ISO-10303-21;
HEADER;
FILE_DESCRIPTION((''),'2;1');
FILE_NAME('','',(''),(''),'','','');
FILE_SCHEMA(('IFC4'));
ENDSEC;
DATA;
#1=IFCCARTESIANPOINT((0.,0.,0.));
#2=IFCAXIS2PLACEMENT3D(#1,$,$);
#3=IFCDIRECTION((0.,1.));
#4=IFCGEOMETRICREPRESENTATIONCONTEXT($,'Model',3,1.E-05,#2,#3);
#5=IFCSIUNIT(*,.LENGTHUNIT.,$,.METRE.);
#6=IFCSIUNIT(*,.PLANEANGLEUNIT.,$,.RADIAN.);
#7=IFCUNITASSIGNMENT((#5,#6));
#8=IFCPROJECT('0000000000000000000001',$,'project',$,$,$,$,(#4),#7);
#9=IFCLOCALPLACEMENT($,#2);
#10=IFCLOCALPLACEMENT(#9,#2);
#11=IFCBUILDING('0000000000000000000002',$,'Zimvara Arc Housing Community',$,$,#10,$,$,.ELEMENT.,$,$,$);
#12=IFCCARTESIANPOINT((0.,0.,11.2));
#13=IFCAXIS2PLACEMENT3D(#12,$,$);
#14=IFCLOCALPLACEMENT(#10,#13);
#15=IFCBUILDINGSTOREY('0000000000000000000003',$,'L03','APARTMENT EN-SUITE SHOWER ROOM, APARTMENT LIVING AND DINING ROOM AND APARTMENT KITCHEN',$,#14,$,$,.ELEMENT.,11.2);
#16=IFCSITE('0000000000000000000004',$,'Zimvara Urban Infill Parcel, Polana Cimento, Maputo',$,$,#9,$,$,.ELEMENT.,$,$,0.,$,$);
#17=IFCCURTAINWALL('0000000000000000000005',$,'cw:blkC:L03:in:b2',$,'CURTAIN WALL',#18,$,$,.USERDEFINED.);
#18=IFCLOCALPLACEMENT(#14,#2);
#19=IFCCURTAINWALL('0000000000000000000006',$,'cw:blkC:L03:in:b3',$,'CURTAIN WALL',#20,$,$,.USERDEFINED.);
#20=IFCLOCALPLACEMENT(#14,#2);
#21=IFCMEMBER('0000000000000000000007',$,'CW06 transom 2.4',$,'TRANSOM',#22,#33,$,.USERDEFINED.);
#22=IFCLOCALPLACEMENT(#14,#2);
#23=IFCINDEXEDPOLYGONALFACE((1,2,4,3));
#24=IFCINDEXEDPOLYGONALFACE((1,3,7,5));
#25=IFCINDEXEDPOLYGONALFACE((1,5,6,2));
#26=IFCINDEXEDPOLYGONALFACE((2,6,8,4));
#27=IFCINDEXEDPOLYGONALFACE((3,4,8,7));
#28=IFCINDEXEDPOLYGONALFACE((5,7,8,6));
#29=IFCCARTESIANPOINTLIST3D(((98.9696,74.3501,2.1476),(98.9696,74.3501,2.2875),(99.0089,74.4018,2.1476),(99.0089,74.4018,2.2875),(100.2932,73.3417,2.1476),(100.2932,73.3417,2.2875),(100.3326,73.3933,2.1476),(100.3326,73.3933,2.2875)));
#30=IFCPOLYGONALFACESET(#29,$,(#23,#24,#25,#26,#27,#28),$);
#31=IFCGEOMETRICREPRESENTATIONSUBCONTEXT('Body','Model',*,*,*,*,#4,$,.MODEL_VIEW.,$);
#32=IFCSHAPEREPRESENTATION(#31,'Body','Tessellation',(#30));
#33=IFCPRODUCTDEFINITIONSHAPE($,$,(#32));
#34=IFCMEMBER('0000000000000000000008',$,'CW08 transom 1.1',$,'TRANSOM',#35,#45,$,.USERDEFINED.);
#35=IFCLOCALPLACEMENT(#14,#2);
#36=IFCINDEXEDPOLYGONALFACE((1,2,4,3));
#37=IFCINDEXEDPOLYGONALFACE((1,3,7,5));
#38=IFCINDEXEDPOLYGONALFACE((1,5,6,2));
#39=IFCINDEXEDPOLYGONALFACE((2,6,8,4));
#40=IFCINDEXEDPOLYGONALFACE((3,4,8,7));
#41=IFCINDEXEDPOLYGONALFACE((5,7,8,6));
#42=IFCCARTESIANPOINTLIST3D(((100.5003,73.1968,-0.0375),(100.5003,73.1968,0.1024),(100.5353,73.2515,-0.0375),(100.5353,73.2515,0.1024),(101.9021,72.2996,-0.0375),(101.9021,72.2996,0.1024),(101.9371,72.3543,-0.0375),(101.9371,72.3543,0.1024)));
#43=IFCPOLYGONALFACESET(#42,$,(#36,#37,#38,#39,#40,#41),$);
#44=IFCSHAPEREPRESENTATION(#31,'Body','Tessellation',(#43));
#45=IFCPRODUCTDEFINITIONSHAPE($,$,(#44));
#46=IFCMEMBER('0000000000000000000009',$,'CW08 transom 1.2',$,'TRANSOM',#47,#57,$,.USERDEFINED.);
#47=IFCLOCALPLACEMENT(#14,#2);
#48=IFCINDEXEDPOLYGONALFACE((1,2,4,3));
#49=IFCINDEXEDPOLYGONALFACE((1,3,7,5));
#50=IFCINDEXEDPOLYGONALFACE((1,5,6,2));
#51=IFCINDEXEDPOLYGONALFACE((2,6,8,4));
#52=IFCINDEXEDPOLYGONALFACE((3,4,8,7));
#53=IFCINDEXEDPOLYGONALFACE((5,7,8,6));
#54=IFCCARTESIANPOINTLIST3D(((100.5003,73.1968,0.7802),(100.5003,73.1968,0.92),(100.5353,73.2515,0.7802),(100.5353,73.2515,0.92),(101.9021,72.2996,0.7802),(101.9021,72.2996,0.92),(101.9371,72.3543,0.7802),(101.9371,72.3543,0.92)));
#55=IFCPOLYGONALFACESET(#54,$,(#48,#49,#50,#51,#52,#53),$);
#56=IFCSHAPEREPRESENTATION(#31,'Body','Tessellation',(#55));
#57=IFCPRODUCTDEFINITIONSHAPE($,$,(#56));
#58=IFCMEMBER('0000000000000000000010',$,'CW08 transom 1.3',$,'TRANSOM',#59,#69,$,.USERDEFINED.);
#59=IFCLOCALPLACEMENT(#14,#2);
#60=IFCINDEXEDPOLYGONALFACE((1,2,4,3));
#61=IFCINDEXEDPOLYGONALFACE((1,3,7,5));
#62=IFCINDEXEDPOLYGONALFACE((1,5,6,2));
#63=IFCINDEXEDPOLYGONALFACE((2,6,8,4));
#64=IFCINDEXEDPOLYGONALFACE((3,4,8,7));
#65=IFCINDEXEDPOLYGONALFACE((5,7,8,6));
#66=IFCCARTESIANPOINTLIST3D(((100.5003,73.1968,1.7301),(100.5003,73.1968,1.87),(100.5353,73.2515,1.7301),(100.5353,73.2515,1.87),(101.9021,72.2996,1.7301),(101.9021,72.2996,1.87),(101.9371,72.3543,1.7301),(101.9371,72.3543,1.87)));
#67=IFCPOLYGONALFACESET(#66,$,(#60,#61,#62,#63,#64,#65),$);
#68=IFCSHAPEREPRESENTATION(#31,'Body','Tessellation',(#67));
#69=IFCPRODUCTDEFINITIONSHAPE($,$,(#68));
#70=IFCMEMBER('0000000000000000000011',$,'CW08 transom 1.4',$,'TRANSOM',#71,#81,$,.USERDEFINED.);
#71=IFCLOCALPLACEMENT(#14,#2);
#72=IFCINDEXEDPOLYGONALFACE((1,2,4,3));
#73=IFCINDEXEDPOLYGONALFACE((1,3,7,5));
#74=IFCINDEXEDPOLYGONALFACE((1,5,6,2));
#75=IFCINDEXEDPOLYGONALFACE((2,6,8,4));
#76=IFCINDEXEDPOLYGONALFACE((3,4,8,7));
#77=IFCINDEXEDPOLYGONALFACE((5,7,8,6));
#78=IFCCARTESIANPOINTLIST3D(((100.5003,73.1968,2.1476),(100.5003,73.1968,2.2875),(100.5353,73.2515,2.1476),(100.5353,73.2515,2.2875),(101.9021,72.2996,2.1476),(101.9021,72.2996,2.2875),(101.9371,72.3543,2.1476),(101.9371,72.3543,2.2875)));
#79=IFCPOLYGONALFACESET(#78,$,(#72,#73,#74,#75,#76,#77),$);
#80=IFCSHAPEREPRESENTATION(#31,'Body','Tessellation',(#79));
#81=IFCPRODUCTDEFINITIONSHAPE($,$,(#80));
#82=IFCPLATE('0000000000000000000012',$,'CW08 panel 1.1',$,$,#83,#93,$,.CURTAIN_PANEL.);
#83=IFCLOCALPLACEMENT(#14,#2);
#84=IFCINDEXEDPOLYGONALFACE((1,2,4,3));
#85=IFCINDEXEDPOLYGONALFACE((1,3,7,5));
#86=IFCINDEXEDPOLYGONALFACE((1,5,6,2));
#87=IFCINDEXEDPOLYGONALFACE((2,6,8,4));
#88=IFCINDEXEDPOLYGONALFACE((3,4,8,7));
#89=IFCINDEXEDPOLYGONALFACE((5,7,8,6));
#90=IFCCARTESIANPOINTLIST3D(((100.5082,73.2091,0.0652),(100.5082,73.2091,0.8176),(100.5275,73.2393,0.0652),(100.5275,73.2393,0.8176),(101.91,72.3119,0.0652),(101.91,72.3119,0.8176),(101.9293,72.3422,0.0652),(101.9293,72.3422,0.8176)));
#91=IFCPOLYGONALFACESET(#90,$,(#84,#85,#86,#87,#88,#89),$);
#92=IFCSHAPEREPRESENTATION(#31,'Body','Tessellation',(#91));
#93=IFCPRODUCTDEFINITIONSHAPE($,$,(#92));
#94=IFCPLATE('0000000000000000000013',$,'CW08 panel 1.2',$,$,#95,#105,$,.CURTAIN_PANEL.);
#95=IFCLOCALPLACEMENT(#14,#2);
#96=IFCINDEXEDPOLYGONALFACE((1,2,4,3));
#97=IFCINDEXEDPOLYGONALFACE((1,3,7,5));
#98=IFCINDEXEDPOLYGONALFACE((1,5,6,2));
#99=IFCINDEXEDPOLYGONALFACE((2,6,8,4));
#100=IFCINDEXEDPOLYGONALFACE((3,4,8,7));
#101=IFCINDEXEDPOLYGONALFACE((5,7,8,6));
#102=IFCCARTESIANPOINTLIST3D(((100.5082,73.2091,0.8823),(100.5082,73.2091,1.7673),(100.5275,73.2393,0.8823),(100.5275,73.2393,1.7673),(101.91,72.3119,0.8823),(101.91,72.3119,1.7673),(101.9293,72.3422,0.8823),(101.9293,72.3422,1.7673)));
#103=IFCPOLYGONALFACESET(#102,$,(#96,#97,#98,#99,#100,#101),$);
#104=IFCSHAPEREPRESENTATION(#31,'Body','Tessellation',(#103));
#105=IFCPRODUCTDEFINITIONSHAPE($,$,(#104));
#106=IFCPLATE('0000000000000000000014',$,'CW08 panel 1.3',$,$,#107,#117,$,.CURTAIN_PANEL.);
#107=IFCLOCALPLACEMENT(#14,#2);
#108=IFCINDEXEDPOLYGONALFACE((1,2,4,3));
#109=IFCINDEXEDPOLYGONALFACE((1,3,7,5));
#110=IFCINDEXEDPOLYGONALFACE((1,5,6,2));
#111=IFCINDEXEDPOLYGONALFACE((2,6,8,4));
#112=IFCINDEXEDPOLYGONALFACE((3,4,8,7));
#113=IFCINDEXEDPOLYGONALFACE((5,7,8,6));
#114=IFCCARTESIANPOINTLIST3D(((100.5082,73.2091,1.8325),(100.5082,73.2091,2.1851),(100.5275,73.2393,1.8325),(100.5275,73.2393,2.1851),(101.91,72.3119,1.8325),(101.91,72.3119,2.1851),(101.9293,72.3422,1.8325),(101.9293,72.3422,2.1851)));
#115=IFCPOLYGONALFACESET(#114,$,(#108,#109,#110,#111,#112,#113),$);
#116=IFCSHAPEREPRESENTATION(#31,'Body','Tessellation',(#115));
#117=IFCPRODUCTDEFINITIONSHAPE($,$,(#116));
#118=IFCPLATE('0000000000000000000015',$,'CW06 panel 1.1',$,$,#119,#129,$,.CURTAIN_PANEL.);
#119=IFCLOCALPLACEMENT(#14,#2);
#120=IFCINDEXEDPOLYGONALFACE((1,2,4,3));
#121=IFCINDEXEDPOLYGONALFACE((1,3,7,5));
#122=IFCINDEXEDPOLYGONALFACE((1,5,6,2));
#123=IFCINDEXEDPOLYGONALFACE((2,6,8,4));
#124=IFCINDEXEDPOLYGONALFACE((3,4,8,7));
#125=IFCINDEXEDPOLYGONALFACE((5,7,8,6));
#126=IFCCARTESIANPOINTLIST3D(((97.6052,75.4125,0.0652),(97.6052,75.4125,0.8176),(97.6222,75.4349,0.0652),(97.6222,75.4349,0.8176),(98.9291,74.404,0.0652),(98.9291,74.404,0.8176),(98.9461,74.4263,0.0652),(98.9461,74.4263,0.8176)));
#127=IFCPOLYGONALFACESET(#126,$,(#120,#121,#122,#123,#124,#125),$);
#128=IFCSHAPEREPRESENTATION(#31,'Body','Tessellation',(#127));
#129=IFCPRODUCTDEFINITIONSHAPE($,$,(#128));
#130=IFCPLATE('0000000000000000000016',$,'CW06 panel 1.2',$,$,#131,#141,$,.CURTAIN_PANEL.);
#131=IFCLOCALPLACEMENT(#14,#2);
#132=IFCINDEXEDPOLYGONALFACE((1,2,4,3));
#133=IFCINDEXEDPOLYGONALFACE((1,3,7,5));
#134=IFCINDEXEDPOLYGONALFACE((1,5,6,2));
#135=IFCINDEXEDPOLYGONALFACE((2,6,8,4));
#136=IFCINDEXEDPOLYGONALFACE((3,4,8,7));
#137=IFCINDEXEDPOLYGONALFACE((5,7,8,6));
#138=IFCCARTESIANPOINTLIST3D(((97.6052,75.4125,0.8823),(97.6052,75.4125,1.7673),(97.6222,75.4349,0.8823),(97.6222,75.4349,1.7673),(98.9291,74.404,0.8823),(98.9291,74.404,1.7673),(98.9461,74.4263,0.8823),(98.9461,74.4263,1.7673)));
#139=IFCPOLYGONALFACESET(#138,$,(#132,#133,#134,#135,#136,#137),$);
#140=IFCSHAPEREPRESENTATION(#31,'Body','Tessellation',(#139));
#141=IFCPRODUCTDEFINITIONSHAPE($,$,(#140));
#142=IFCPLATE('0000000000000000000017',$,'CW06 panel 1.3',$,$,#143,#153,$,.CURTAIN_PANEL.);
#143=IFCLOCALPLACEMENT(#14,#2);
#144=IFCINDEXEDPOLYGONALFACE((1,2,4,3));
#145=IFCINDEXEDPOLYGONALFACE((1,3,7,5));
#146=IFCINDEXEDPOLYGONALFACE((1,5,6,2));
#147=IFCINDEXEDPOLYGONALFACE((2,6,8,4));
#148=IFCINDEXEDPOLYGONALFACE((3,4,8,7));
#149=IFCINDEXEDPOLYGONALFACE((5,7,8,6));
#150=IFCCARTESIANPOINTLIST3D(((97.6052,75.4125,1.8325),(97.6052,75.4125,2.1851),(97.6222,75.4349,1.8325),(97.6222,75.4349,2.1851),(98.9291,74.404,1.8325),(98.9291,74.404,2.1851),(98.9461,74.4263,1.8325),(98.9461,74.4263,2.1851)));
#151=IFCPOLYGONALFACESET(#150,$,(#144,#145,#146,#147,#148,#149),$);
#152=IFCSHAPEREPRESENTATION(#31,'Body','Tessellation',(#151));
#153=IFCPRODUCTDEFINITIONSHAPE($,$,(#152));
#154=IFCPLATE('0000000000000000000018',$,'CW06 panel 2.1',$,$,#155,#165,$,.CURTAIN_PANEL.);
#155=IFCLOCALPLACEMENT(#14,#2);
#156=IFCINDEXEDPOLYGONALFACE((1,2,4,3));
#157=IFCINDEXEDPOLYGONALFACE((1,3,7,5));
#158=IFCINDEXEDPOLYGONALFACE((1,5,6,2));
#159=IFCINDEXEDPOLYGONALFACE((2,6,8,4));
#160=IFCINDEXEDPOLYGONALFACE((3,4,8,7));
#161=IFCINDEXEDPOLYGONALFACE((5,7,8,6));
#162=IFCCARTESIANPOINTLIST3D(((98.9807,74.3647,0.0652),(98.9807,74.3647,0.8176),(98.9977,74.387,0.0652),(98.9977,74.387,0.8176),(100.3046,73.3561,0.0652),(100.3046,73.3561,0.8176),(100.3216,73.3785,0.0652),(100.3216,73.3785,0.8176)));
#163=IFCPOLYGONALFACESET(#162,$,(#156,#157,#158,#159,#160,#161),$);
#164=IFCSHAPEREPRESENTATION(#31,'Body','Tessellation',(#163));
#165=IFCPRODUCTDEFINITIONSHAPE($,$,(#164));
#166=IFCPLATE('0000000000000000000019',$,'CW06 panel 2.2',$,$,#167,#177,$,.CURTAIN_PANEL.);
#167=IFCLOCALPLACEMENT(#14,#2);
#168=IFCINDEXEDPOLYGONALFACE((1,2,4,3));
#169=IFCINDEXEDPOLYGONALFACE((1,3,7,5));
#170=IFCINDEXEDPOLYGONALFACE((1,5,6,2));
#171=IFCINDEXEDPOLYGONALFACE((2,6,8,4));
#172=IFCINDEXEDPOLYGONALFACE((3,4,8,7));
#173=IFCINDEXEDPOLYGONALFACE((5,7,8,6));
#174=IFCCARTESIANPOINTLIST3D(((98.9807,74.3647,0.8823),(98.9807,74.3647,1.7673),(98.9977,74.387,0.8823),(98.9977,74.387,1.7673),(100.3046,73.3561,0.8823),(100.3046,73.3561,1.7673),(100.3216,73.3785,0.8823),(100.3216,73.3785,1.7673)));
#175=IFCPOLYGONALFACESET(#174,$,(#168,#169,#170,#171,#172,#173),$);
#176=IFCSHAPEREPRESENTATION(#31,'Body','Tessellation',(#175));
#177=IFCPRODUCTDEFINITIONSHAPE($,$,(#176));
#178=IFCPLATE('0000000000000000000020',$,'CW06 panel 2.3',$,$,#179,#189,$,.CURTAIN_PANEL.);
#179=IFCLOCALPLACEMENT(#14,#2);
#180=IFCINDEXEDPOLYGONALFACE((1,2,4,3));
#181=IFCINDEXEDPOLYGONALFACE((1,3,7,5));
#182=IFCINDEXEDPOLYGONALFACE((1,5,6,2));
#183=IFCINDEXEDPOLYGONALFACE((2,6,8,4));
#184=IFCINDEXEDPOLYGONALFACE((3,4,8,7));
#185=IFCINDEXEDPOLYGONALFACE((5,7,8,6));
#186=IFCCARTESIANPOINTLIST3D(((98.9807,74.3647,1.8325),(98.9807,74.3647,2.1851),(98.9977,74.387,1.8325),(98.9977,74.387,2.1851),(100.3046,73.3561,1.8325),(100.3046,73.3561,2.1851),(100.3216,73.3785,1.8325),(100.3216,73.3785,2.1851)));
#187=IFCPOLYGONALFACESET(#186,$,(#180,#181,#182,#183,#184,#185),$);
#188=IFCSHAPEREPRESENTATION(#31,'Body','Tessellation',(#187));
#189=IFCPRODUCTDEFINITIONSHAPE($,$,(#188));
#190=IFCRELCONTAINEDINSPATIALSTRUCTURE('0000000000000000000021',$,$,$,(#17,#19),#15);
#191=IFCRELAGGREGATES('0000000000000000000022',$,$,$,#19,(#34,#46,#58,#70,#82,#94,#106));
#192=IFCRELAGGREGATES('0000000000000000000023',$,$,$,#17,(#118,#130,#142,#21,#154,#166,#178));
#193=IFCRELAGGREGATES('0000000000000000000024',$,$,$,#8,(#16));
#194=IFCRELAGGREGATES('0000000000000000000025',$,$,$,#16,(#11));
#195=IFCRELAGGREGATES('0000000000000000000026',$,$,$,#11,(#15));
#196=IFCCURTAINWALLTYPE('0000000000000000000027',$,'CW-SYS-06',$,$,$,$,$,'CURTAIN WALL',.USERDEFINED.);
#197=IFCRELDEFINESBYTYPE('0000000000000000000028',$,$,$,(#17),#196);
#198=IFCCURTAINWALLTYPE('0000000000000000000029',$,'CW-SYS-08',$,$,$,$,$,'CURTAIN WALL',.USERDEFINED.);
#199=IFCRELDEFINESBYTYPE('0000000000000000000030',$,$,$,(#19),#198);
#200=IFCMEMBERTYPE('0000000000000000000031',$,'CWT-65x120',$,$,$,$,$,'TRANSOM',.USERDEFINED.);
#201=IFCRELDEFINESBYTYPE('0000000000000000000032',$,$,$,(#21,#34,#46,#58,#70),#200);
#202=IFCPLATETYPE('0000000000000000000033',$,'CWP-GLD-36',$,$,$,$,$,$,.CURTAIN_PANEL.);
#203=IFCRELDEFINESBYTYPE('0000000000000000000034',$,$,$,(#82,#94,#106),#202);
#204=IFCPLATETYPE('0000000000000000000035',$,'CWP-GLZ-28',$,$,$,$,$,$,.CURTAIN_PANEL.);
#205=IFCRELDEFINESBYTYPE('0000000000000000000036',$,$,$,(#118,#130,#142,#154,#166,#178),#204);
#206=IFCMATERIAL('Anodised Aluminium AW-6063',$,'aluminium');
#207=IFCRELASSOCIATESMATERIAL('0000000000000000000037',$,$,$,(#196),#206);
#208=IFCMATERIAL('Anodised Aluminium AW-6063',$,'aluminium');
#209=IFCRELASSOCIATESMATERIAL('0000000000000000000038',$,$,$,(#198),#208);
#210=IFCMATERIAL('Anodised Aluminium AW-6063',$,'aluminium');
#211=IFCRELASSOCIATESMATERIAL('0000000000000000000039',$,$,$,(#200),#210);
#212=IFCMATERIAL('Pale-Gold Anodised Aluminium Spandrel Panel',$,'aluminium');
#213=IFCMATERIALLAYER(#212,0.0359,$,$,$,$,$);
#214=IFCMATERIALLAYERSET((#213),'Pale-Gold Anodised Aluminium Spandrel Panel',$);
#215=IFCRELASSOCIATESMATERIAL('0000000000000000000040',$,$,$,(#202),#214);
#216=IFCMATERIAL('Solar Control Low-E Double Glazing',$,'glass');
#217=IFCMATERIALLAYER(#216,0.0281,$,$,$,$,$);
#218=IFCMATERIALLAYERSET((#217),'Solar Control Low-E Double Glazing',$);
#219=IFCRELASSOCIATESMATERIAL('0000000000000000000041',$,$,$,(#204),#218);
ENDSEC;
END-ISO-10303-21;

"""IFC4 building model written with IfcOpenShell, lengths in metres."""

from ifc_helpers import new_model, si_unit, direction, frame, origin, origin_2d, place, context, subcontext, project, spatial, rectangle, extrude, material, layer, layer_set, material_profile, profile_set, type_object, element, aggregate, save


model = new_model("IFC4")

# Units and contexts
model_context = context("Model", 3, precision=1e-05, world=origin(), true_north=direction((0.0, 1.0)))
body_context = subcontext(model_context, "Body", "Model", "MODEL_VIEW")
ifc_project = project(units=[si_unit("LENGTHUNIT", "METRE"), si_unit("PLANEANGLEUNIT", "RADIAN")], contexts=[model_context])

# Site, building, storey
site_placement = place(None, origin())
site = spatial("IfcSite", under=ifc_project, at=site_placement, Name="Zimvara Urban Infill Parcel, Polana Cimento, Maputo", CompositionType="ELEMENT", RefElevation=0.0)
building_placement = place(site_placement, origin())
building = spatial("IfcBuilding", under=site, at=building_placement, Name="Zimvara Arc Housing Community", CompositionType="ELEMENT")
storey_placement = place(building_placement, frame((0.0, 0.0, 11.2)))
storey = spatial("IfcBuildingStorey", under=building, at=storey_placement, Name="L03", Description="APARTMENT EN-SUITE SHOWER ROOM, APARTMENT LIVING AND DINING ROOM AND APARTMENT KITCHEN", CompositionType="ELEMENT", Elevation=11.2)

# Curtain wall
ifc_material_1 = material(Name="Anodised Aluminium AW-6063", Category="aluminium")
curtain_wall_type_1 = type_object("IfcCurtainWallType", Name="CW-SYS-06", ElementType="CURTAIN WALL", PredefinedType="USERDEFINED", material=ifc_material_1)
curtain_wall_1_placement = place(storey_placement, origin())
curtain_wall_1 = element("IfcCurtainWall", 1, at=curtain_wall_1_placement, inside=storey, type_object=curtain_wall_type_1, Name="cw:blkC:L03:in:b2", ObjectType="CURTAIN WALL", PredefinedType="USERDEFINED")

# Curtain wall
ifc_material_2 = material(Name="Anodised Aluminium AW-6063", Category="aluminium")
curtain_wall_type_2 = type_object("IfcCurtainWallType", Name="CW-SYS-08", ElementType="CURTAIN WALL", PredefinedType="USERDEFINED", material=ifc_material_2)
curtain_wall_2_placement = place(storey_placement, origin())
curtain_wall_2 = element("IfcCurtainWall", 2, at=curtain_wall_2_placement, inside=storey, type_object=curtain_wall_type_2, Name="cw:blkC:L03:in:b3", ObjectType="CURTAIN WALL", PredefinedType="USERDEFINED")

# Members
ifc_material_3 = material(Name="Anodised Aluminium AW-6063", Category="aluminium")
ifc_material_profile_1 = material_profile(ifc_material_3, rectangle(XDim=0.0649, YDim=0.1399, at=origin_2d()), Name="ALU 65x140")
ifc_profile_set_1 = profile_set([ifc_material_profile_1], Name="Anodised Aluminium AW-6063")
member_type_1 = type_object("IfcMemberType", Name="CWT-65x120", ElementType="TRANSOM", PredefinedType="USERDEFINED", material=ifc_profile_set_1)
member_1_placement = place(storey_placement, frame((98.9893, 74.376, 2.2175), z_axis=(0.795435, -0.606039, 0.0), x_axis=(0.606039, 0.795435, 0.0)))
member_1 = element("IfcMember", 3, at=member_1_placement, type_object=member_type_1, Name="CW06 transom 2.4", ObjectType="TRANSOM", PredefinedType="USERDEFINED", context=body_context, shape_type="SweptSolid", body=[
    extrude(rectangle(XDim=0.0649, YDim=0.1399, at=origin_2d()), origin(), (0.0, 0.0, 1.0), 1.6641),
])
member_2_placement = place(storey_placement, frame((100.5178, 73.2241, 0.0325), z_axis=(0.842263, -0.539066, 0.0), x_axis=(0.539066, 0.842263, 0.0)))
member_2 = element("IfcMember", 4, at=member_2_placement, type_object=member_type_1, Name="CW08 transom 1.1", ObjectType="TRANSOM", PredefinedType="USERDEFINED", context=body_context, shape_type="SweptSolid", body=[
    extrude(rectangle(XDim=0.0649, YDim=0.1399, at=origin_2d()), origin(), (0.0, 0.0, 1.0), 1.6643),
])
member_3_placement = place(storey_placement, frame((100.5178, 73.2241, 0.8501), z_axis=(0.842263, -0.539066, 0.0), x_axis=(0.539066, 0.842263, 0.0)))
member_3 = element("IfcMember", 5, at=member_3_placement, type_object=member_type_1, Name="CW08 transom 1.2", ObjectType="TRANSOM", PredefinedType="USERDEFINED", context=body_context, shape_type="SweptSolid", body=[
    extrude(rectangle(XDim=0.0649, YDim=0.1399, at=origin_2d()), origin(), (0.0, 0.0, 1.0), 1.6643),
])
member_4_placement = place(storey_placement, frame((100.5178, 73.2241, 1.8), z_axis=(0.842263, -0.539066, 0.0), x_axis=(0.539066, 0.842263, 0.0)))
member_4 = element("IfcMember", 6, at=member_4_placement, type_object=member_type_1, Name="CW08 transom 1.3", ObjectType="TRANSOM", PredefinedType="USERDEFINED", context=body_context, shape_type="SweptSolid", body=[
    extrude(rectangle(XDim=0.0649, YDim=0.1399, at=origin_2d()), origin(), (0.0, 0.0, 1.0), 1.6643),
])
member_5_placement = place(storey_placement, frame((100.5178, 73.2241, 2.2175), z_axis=(0.842263, -0.539066, 0.0), x_axis=(0.539066, 0.842263, 0.0)))
member_5 = element("IfcMember", 7, at=member_5_placement, type_object=member_type_1, Name="CW08 transom 1.4", ObjectType="TRANSOM", PredefinedType="USERDEFINED", context=body_context, shape_type="SweptSolid", body=[
    extrude(rectangle(XDim=0.0649, YDim=0.1399, at=origin_2d()), origin(), (0.0, 0.0, 1.0), 1.6643),
])

# Plates
ifc_material_4 = material(Name="Pale-Gold Anodised Aluminium Spandrel Panel", Category="aluminium")
ifc_layer_1 = layer(ifc_material_4, 0.0359)
ifc_layer_set_1 = layer_set([ifc_layer_1], Name="Pale-Gold Anodised Aluminium Spandrel Panel")
plate_type_1 = type_object("IfcPlateType", Name="CWP-GLD-36", PredefinedType="CURTAIN_PANEL", material=ifc_layer_set_1)
plate_1_placement = place(storey_placement, frame((101.2188, 72.7756, 0.0652), z_axis=(0.0, 0.0, 1.0), x_axis=(0.842265, -0.539064, 0.0)))
plate_1 = element("IfcPlate", 8, at=plate_1_placement, type_object=plate_type_1, Name="CW08 panel 1.1", PredefinedType="CURTAIN_PANEL", context=body_context, shape_type="SweptSolid", body=[
    extrude(rectangle(XDim=1.6643, YDim=0.0359, at=origin_2d()), origin(), (0.0, 0.0, 1.0), 0.7524),
])
plate_2_placement = place(storey_placement, frame((101.2188, 72.7756, 0.8823), z_axis=(0.0, 0.0, 1.0), x_axis=(0.842265, -0.539064, 0.0)))
plate_2 = element("IfcPlate", 9, at=plate_2_placement, type_object=plate_type_1, Name="CW08 panel 1.2", PredefinedType="CURTAIN_PANEL", context=body_context, shape_type="SweptSolid", body=[
    extrude(rectangle(XDim=1.6643, YDim=0.0359, at=origin_2d()), origin(), (0.0, 0.0, 1.0), 0.885),
])
plate_3_placement = place(storey_placement, frame((101.2188, 72.7756, 1.8325), z_axis=(0.0, 0.0, 1.0), x_axis=(0.842265, -0.539064, 0.0)))
plate_3 = element("IfcPlate", 10, at=plate_3_placement, type_object=plate_type_1, Name="CW08 panel 1.3", PredefinedType="CURTAIN_PANEL", context=body_context, shape_type="SweptSolid", body=[
    extrude(rectangle(XDim=1.6643, YDim=0.0359, at=origin_2d()), origin(), (0.0, 0.0, 1.0), 0.3525),
])
aggregate(curtain_wall_2, [member_2, member_3, member_4, member_5, plate_1, plate_2, plate_3])
ifc_material_5 = material(Name="Solar Control Low-E Double Glazing", Category="glass")
ifc_layer_2 = layer(ifc_material_5, 0.0281)
ifc_layer_set_2 = layer_set([ifc_layer_2], Name="Solar Control Low-E Double Glazing")
plate_type_2 = type_object("IfcPlateType", Name="CWP-GLZ-28", PredefinedType="CURTAIN_PANEL", material=ifc_layer_set_2)
plate_4_placement = place(storey_placement, frame((98.2756, 74.9194, 0.0652), z_axis=(0.0, 0.0, 1.0), x_axis=(0.795474, -0.605988, 0.0)))
plate_4 = element("IfcPlate", 11, at=plate_4_placement, type_object=plate_type_2, Name="CW06 panel 1.1", PredefinedType="CURTAIN_PANEL", context=body_context, shape_type="SweptSolid", body=[
    extrude(rectangle(XDim=1.6643, YDim=0.0281, at=origin_2d()), origin(), (0.0, 0.0, 1.0), 0.7524),
])
plate_5_placement = place(storey_placement, frame((98.2756, 74.9194, 0.8823), z_axis=(0.0, 0.0, 1.0), x_axis=(0.795474, -0.605988, 0.0)))
plate_5 = element("IfcPlate", 12, at=plate_5_placement, type_object=plate_type_2, Name="CW06 panel 1.2", PredefinedType="CURTAIN_PANEL", context=body_context, shape_type="SweptSolid", body=[
    extrude(rectangle(XDim=1.6643, YDim=0.0281, at=origin_2d()), origin(), (0.0, 0.0, 1.0), 0.885),
])
plate_6_placement = place(storey_placement, frame((98.2756, 74.9194, 1.8325), z_axis=(0.0, 0.0, 1.0), x_axis=(0.795474, -0.605988, 0.0)))
plate_6 = element("IfcPlate", 13, at=plate_6_placement, type_object=plate_type_2, Name="CW06 panel 1.3", PredefinedType="CURTAIN_PANEL", context=body_context, shape_type="SweptSolid", body=[
    extrude(rectangle(XDim=1.6643, YDim=0.0281, at=origin_2d()), origin(), (0.0, 0.0, 1.0), 0.3525),
])
plate_7_placement = place(storey_placement, frame((99.6511, 73.8716, 0.0652), z_axis=(0.0, 0.0, 1.0), x_axis=(0.795474, -0.605988, 0.0)))
plate_7 = element("IfcPlate", 14, at=plate_7_placement, type_object=plate_type_2, Name="CW06 panel 2.1", PredefinedType="CURTAIN_PANEL", context=body_context, shape_type="SweptSolid", body=[
    extrude(rectangle(XDim=1.6643, YDim=0.0281, at=origin_2d()), origin(), (0.0, 0.0, 1.0), 0.7524),
])
plate_8_placement = place(storey_placement, frame((99.6511, 73.8716, 0.8823), z_axis=(0.0, 0.0, 1.0), x_axis=(0.795474, -0.605988, 0.0)))
plate_8 = element("IfcPlate", 15, at=plate_8_placement, type_object=plate_type_2, Name="CW06 panel 2.2", PredefinedType="CURTAIN_PANEL", context=body_context, shape_type="SweptSolid", body=[
    extrude(rectangle(XDim=1.6643, YDim=0.0281, at=origin_2d()), origin(), (0.0, 0.0, 1.0), 0.885),
])
plate_9_placement = place(storey_placement, frame((99.6511, 73.8716, 1.8325), z_axis=(0.0, 0.0, 1.0), x_axis=(0.795474, -0.605988, 0.0)))
plate_9 = element("IfcPlate", 16, at=plate_9_placement, type_object=plate_type_2, Name="CW06 panel 2.3", PredefinedType="CURTAIN_PANEL", context=body_context, shape_type="SweptSolid", body=[
    extrude(rectangle(XDim=1.6643, YDim=0.0281, at=origin_2d()), origin(), (0.0, 0.0, 1.0), 0.3525),
])
aggregate(curtain_wall_1, [plate_4, plate_5, plate_6, member_1, plate_7, plate_8, plate_9])

save(model, "model.ifc")
